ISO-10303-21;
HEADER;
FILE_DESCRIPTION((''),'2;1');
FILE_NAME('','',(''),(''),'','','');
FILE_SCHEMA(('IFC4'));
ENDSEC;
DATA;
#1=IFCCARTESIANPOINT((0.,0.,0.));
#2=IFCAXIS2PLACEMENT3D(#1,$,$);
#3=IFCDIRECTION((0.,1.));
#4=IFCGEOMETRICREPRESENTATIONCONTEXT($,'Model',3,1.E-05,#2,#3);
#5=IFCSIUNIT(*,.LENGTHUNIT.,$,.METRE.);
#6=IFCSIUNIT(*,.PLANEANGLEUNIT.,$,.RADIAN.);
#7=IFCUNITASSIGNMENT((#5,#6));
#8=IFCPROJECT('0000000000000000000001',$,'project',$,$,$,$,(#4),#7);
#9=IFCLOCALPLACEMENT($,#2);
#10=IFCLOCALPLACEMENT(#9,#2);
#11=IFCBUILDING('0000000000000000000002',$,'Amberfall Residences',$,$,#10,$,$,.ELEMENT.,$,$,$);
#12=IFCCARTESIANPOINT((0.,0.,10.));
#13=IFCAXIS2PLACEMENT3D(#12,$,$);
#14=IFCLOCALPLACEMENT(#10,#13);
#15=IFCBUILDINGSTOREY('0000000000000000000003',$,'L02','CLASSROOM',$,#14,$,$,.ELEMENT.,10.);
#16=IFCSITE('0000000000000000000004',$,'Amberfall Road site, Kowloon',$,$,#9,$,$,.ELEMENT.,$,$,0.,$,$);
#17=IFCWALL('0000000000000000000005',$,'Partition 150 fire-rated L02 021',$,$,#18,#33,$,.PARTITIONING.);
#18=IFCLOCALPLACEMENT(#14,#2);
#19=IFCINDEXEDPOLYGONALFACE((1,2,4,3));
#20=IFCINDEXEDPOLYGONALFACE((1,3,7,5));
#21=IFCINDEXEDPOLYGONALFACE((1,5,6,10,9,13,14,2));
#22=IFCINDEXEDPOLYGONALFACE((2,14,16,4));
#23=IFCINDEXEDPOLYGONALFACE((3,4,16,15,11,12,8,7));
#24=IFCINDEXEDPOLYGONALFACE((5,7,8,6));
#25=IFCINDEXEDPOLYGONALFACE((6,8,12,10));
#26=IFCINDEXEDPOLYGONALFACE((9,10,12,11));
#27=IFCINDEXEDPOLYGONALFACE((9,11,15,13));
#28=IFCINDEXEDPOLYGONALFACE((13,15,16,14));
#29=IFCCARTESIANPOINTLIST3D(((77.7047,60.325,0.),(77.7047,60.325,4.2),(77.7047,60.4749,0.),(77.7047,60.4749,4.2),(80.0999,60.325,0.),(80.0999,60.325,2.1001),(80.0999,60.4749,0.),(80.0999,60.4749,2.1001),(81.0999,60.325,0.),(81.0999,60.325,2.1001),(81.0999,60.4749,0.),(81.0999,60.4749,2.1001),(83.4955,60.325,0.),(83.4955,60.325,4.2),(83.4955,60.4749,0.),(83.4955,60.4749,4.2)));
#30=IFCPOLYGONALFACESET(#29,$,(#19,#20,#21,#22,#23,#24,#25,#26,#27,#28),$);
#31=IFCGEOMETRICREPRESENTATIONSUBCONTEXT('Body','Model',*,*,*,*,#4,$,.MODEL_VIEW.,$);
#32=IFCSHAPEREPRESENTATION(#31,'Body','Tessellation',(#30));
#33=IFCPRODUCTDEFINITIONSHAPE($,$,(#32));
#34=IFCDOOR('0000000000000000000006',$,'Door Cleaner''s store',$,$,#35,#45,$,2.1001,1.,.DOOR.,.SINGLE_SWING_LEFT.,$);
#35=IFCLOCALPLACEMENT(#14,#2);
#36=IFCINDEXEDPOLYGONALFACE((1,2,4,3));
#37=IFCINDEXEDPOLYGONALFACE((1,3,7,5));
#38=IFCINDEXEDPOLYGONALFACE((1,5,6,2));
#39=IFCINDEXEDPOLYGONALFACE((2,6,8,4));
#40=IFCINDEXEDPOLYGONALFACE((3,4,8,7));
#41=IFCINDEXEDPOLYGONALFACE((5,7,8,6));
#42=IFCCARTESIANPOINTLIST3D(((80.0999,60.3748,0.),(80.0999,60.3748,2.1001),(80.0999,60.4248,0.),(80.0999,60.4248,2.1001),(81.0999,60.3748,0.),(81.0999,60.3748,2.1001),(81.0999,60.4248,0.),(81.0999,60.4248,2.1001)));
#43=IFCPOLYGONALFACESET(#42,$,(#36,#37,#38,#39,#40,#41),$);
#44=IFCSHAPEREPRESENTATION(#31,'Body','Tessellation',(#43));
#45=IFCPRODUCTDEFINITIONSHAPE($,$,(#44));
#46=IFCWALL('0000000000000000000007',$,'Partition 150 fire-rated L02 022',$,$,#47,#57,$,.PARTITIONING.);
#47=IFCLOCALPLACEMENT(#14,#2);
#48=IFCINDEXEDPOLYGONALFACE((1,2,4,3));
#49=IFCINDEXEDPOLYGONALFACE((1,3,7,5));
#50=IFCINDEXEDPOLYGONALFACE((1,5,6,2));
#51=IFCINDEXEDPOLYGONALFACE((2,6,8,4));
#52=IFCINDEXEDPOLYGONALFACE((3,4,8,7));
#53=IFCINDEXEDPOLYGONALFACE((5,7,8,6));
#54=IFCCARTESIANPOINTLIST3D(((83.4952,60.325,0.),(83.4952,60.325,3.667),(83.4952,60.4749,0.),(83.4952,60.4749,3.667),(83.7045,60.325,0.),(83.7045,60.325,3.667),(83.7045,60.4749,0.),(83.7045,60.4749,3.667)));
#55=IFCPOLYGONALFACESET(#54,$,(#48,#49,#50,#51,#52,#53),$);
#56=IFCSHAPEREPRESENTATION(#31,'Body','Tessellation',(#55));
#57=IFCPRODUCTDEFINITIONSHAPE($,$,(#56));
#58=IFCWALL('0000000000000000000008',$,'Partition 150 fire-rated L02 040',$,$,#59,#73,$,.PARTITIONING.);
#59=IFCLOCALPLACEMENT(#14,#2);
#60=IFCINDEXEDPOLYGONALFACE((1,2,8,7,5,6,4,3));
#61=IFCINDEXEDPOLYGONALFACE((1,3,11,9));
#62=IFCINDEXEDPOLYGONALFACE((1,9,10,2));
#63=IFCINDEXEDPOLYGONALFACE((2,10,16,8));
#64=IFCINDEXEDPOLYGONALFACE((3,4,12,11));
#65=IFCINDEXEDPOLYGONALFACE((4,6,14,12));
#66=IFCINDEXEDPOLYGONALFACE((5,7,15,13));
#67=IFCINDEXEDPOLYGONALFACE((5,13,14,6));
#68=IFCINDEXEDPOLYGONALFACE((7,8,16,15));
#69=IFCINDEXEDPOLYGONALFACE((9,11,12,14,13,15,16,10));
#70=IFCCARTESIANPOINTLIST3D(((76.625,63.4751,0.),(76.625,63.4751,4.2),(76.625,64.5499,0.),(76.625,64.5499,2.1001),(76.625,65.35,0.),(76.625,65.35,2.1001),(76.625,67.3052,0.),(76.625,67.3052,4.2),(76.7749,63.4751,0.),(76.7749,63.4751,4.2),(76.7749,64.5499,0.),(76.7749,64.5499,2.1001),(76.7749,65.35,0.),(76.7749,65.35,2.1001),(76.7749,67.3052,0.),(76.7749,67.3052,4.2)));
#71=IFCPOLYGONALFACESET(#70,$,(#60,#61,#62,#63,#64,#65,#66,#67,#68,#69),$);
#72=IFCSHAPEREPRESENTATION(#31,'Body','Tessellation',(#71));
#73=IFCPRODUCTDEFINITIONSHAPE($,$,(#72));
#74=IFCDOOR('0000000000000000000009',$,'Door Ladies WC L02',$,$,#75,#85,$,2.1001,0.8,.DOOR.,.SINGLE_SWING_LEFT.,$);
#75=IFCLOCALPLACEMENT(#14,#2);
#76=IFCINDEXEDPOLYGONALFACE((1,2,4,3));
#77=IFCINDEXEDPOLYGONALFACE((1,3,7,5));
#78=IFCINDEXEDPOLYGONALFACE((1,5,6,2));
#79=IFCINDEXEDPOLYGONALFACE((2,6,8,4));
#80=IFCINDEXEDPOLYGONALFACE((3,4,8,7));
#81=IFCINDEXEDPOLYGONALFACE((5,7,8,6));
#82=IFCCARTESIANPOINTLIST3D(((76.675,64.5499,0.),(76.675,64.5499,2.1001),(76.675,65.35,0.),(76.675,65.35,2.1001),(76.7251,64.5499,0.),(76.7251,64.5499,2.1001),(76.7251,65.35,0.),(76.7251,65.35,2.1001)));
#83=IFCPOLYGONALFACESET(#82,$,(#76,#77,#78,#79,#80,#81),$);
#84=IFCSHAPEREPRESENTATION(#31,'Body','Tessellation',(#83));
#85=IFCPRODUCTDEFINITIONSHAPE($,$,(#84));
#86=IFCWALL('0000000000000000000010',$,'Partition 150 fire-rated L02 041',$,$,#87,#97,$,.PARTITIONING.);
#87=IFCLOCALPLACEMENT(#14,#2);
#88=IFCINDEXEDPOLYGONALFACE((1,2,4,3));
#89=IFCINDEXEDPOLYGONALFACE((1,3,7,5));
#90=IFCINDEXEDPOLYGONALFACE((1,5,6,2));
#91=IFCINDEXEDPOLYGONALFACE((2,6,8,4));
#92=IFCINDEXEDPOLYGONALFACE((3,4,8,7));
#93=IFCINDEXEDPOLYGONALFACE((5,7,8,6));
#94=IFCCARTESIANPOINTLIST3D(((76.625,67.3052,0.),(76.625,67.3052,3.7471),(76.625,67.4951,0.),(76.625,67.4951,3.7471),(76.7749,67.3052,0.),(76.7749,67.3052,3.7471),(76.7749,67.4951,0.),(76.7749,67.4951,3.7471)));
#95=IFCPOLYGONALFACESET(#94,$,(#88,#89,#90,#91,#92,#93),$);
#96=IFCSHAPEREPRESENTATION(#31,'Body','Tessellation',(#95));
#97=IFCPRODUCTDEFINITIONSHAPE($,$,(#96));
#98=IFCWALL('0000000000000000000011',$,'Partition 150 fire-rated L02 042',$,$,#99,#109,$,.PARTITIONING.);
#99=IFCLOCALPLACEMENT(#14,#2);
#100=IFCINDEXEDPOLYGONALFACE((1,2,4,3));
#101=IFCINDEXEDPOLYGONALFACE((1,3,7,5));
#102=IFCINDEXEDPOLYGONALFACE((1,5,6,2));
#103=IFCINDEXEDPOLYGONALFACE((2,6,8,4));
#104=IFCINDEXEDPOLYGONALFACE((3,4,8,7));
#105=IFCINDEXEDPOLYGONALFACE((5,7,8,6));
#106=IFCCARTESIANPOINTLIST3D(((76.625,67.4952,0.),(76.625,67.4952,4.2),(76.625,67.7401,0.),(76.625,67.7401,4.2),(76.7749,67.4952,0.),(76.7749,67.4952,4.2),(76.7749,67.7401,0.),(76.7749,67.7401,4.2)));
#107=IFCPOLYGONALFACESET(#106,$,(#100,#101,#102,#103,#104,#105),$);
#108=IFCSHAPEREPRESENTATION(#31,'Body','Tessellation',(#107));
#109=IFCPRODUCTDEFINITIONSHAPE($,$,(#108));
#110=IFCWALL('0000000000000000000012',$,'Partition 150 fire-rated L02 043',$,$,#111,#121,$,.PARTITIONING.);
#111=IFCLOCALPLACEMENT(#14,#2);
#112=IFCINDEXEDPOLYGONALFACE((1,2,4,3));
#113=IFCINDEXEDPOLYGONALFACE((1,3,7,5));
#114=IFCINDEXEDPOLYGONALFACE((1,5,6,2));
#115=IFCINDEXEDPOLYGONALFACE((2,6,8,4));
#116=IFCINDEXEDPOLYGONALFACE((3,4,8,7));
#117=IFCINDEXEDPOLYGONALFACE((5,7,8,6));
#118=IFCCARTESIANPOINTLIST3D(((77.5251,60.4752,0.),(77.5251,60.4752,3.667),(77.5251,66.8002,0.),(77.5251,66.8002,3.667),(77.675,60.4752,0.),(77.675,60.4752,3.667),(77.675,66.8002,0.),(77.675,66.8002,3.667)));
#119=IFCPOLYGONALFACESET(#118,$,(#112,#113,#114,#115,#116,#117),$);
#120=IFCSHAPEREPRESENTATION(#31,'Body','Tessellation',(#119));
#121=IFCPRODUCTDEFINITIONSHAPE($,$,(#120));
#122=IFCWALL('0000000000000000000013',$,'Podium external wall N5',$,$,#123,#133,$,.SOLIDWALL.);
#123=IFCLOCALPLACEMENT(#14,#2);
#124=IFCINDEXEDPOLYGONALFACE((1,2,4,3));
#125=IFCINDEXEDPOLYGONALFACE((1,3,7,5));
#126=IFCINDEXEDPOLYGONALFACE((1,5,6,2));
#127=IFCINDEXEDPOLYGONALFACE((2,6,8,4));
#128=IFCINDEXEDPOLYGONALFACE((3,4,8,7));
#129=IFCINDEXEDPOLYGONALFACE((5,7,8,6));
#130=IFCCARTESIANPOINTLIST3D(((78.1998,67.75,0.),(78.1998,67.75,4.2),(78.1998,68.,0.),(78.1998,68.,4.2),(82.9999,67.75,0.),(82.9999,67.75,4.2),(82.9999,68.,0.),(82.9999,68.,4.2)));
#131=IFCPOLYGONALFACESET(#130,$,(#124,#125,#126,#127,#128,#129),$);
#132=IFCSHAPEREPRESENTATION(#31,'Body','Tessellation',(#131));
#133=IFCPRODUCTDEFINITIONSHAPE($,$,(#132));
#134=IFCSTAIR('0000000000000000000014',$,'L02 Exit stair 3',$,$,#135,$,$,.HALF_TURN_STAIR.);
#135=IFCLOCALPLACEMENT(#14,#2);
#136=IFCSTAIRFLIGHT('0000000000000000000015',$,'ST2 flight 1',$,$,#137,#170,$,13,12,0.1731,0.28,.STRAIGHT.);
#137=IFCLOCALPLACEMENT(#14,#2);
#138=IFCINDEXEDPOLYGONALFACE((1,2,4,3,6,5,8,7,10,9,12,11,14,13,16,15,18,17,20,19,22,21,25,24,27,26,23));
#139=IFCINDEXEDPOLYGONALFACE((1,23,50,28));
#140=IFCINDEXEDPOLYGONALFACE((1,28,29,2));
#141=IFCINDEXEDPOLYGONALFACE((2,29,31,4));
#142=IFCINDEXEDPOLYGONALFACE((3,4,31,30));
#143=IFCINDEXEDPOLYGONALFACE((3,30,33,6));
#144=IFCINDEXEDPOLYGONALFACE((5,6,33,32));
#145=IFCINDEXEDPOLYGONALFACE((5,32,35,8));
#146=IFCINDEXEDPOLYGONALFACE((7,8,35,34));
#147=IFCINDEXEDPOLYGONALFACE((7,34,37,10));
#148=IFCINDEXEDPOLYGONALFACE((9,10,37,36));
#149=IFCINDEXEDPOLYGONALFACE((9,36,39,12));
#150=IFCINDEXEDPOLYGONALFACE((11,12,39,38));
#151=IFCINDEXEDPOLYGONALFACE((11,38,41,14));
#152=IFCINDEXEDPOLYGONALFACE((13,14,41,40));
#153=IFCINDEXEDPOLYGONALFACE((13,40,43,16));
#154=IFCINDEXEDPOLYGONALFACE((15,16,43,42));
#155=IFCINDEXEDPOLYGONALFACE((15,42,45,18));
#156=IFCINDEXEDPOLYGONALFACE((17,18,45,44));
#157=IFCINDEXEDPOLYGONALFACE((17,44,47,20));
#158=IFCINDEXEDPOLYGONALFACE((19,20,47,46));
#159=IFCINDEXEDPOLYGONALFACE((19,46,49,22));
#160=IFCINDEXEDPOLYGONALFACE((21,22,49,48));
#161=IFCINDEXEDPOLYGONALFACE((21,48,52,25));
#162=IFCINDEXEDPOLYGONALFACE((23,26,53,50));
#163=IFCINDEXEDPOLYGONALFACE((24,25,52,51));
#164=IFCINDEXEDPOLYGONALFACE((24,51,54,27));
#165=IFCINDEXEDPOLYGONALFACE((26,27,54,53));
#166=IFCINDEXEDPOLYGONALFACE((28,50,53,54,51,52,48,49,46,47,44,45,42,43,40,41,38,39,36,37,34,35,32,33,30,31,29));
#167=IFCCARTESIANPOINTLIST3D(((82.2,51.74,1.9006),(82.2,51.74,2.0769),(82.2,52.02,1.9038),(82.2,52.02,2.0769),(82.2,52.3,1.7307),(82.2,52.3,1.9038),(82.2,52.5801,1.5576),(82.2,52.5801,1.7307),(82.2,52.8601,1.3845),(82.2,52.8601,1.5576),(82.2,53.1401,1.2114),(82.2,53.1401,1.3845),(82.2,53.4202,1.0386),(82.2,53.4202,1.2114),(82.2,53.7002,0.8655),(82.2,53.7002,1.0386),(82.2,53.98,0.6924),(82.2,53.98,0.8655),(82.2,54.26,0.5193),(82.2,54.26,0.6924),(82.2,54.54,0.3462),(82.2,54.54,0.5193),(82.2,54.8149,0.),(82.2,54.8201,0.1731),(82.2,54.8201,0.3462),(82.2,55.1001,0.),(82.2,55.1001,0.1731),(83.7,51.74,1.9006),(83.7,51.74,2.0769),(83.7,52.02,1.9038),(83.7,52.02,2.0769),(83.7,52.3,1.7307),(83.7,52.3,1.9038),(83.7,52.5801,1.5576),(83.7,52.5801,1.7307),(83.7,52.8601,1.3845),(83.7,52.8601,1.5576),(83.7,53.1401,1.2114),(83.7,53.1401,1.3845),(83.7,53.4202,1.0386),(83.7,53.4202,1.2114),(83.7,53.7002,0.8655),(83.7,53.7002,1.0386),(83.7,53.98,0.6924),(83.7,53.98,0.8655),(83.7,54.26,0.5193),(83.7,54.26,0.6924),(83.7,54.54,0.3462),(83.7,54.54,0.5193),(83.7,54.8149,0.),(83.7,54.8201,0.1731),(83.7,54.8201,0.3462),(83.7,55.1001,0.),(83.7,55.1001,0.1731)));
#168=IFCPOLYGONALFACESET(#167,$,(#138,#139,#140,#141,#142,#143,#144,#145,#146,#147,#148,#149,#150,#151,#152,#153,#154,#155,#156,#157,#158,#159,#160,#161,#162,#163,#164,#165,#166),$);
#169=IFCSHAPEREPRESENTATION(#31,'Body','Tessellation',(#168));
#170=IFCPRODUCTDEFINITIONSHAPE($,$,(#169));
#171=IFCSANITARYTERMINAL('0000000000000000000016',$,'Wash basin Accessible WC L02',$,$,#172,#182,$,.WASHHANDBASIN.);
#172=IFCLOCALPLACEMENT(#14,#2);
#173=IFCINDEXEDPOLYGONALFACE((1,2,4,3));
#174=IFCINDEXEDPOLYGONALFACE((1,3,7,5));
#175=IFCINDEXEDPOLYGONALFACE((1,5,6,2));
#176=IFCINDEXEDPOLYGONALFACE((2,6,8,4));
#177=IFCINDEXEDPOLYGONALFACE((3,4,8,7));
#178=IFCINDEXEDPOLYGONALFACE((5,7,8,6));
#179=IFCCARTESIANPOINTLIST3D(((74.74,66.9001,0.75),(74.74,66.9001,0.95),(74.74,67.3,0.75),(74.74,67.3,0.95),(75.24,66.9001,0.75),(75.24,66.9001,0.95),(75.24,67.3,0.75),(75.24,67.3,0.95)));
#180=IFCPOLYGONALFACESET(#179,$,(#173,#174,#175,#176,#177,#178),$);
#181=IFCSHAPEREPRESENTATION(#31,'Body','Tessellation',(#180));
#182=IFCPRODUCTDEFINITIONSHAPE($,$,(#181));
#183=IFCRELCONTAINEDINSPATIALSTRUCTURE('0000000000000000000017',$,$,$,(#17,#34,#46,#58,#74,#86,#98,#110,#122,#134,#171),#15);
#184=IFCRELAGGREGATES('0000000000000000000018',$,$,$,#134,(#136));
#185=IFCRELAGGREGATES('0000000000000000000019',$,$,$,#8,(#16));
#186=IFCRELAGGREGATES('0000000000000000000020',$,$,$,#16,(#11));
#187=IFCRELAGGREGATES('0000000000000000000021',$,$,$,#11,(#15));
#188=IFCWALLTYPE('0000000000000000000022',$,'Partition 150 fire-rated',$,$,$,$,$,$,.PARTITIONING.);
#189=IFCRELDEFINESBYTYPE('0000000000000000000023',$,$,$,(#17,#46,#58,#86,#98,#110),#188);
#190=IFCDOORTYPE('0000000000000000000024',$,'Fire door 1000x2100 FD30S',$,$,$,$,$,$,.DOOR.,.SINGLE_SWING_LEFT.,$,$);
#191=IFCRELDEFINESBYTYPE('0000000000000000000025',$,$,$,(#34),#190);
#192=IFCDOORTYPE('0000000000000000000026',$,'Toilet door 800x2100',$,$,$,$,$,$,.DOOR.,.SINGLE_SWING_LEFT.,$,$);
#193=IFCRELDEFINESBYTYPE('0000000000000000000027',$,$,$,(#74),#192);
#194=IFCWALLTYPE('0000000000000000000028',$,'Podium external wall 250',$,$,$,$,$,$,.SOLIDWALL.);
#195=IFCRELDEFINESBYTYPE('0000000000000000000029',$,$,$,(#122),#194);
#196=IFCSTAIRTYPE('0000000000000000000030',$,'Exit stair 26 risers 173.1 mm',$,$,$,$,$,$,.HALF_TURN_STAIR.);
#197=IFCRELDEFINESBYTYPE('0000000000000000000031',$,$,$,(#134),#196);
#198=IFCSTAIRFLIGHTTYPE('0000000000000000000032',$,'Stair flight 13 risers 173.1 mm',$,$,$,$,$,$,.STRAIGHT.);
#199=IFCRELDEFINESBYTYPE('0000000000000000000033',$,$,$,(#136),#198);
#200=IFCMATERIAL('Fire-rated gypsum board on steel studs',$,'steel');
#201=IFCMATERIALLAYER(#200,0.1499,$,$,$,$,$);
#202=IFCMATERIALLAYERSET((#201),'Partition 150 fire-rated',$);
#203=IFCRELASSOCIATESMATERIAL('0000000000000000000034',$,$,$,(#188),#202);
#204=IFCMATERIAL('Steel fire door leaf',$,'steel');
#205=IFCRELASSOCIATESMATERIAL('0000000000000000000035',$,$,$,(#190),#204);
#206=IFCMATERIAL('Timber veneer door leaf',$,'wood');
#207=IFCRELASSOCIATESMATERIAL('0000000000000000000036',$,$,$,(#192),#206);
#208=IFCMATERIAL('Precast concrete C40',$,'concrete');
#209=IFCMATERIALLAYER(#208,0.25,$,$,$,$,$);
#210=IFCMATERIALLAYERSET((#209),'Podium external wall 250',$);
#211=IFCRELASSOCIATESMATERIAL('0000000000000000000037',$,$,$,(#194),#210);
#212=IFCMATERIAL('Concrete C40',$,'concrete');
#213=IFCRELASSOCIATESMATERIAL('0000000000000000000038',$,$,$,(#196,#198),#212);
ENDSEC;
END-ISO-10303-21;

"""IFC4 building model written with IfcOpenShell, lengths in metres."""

from ifc_helpers import new_model, si_unit, direction, frame, frame_2d, origin, origin_2d, place, context, subcontext, project, spatial, polyline, rectangle, outline, extrude, material, layer, layer_set, type_object, element, fill, aggregate, save


model = new_model("IFC4")

# Units and contexts
model_context = context("Model", 3, precision=1e-05, world=origin(), true_north=direction((0.0, 1.0)))
body_context = subcontext(model_context, "Body", "Model", "MODEL_VIEW")
ifc_project = project(units=[si_unit("LENGTHUNIT", "METRE"), si_unit("PLANEANGLEUNIT", "RADIAN")], contexts=[model_context])

# Site, building, storey
site_placement = place(None, origin())
site = spatial("IfcSite", under=ifc_project, at=site_placement, Name="Amberfall Road site, Kowloon", CompositionType="ELEMENT", RefElevation=0.0)
building_placement = place(site_placement, origin())
building = spatial("IfcBuilding", under=site, at=building_placement, Name="Amberfall Residences", CompositionType="ELEMENT")
storey_placement = place(building_placement, frame((0.0, 0.0, 10.0)))
storey = spatial("IfcBuildingStorey", under=building, at=storey_placement, Name="L02", Description="CLASSROOM", CompositionType="ELEMENT", Elevation=10.0)

# Shared definitions
ifc_material_1 = material(Name="Fire-rated gypsum board on steel studs", Category="steel")
ifc_layer_1 = layer(ifc_material_1, 0.1499)
ifc_layer_set_1 = layer_set([ifc_layer_1], Name="Partition 150 fire-rated")
wall_type_1 = type_object("IfcWallType", Name="Partition 150 fire-rated", PredefinedType="PARTITIONING", material=ifc_layer_set_1)

# Wall, opening, door
wall_1_placement = place(storey_placement, frame((77.7046, 60.3999, 0.0), z_axis=(0.0, 0.0, 1.0), x_axis=(1.0, 0.0, 0.0)))
wall_1 = element("IfcWall", 1, at=wall_1_placement, inside=storey, type_object=wall_type_1, Name="Partition 150 fire-rated L02 021", PredefinedType="PARTITIONING", context=body_context, shape_type="SweptSolid", body=[
    extrude(rectangle(XDim=5.7908, YDim=0.1499, at=frame_2d((2.8955, 0.0))), origin(), (0.0, 0.0, 1.0), 4.2),
])
opening_1_placement = place(wall_1_placement, frame((2.3953, 0.0, 0.0)))
opening_1 = element("IfcOpeningElement", 2, at=opening_1_placement, cuts=wall_1, PredefinedType="OPENING", context=body_context, shape_type="SweptSolid", body=[
    extrude(rectangle(XDim=1.0, YDim=2.1001, at=frame_2d((0.5, 1.05))), frame((0.0, 0.085, 0.0), z_axis=(0.0, -1.0, 0.0), x_axis=(1.0, 0.0, 0.0)), (0.0, 0.0, 1.0), 0.1699),
])
ifc_material_2 = material(Name="Steel fire door leaf", Category="steel")
door_type_1 = type_object("IfcDoorType", Name="Fire door 1000x2100 FD30S", OperationType="SINGLE_SWING_LEFT", PredefinedType="DOOR", material=ifc_material_2)
door_1_placement = place(opening_1_placement, origin())
door_1 = element("IfcDoor", 3, at=door_1_placement, inside=storey, type_object=door_type_1, Name="Door Cleaner's store", OperationType="SINGLE_SWING_LEFT", OverallHeight=2.1001, OverallWidth=1.0, PredefinedType="DOOR", context=body_context, shape_type="SweptSolid", body=[
    extrude(rectangle(XDim=1.0, YDim=2.1001, at=frame_2d((0.5, 1.05))), frame((0.0, 0.0249, 0.0), z_axis=(0.0, -1.0, 0.0), x_axis=(1.0, 0.0, 0.0)), (0.0, 0.0, 1.0), 0.05),
])
fill(opening_1, door_1)

# Wall
wall_2_placement = place(storey_placement, frame((83.4954, 60.3999, 0.0), z_axis=(0.0, 0.0, 1.0), x_axis=(1.0, 0.0, 0.0)))
element("IfcWall", 4, at=wall_2_placement, inside=storey, type_object=wall_type_1, Name="Partition 150 fire-rated L02 022", PredefinedType="PARTITIONING", context=body_context, shape_type="SweptSolid", body=[
    extrude(rectangle(XDim=0.2092, YDim=0.1499, at=frame_2d((0.1045, 0.0))), origin(), (0.0, 0.0, 1.0), 3.667),
])

# Wall, opening, door
wall_3_placement = place(storey_placement, frame((76.7, 63.4751, 0.0), z_axis=(0.0, 0.0, 1.0), x_axis=(0.0, 1.0, 0.0)))
wall_3 = element("IfcWall", 5, at=wall_3_placement, inside=storey, type_object=wall_type_1, Name="Partition 150 fire-rated L02 040", PredefinedType="PARTITIONING", context=body_context, shape_type="SweptSolid", body=[
    extrude(rectangle(XDim=3.8301, YDim=0.1499, at=frame_2d((1.915, 0.0))), origin(), (0.0, 0.0, 1.0), 4.2),
])
opening_2_placement = place(wall_3_placement, frame((1.075, 0.0, 0.0)))
opening_2 = element("IfcOpeningElement", 6, at=opening_2_placement, cuts=wall_3, PredefinedType="OPENING", context=body_context, shape_type="SweptSolid", body=[
    extrude(rectangle(XDim=0.8, YDim=2.1001, at=frame_2d((0.3999, 1.05))), frame((0.0, 0.085, 0.0), z_axis=(0.0, -1.0, 0.0), x_axis=(1.0, 0.0, 0.0)), (0.0, 0.0, 1.0), 0.1699),
])
ifc_material_3 = material(Name="Timber veneer door leaf", Category="wood")
door_type_2 = type_object("IfcDoorType", Name="Toilet door 800x2100", OperationType="SINGLE_SWING_LEFT", PredefinedType="DOOR", material=ifc_material_3)
door_2_placement = place(opening_2_placement, origin())
door_2 = element("IfcDoor", 7, at=door_2_placement, inside=storey, type_object=door_type_2, Name="Door Ladies WC L02", OperationType="SINGLE_SWING_LEFT", OverallHeight=2.1001, OverallWidth=0.8, PredefinedType="DOOR", context=body_context, shape_type="SweptSolid", body=[
    extrude(rectangle(XDim=0.8, YDim=2.1001, at=frame_2d((0.3999, 1.05))), frame((0.0, 0.0249, 0.0), z_axis=(0.0, -1.0, 0.0), x_axis=(1.0, 0.0, 0.0)), (0.0, 0.0, 1.0), 0.05),
])
fill(opening_2, door_2)

# Walls
wall_4_placement = place(storey_placement, frame((76.7, 67.3052, 0.0), z_axis=(0.0, 0.0, 1.0), x_axis=(0.0, 1.0, 0.0)))
element("IfcWall", 8, at=wall_4_placement, inside=storey, type_object=wall_type_1, Name="Partition 150 fire-rated L02 041", PredefinedType="PARTITIONING", context=body_context, shape_type="SweptSolid", body=[
    extrude(rectangle(XDim=0.1899, YDim=0.1499, at=frame_2d((0.095, 0.0))), origin(), (0.0, 0.0, 1.0), 3.7471),
])
wall_5_placement = place(storey_placement, frame((76.7, 67.4951, 0.0), z_axis=(0.0, 0.0, 1.0), x_axis=(0.0, 1.0, 0.0)))
element("IfcWall", 9, at=wall_5_placement, inside=storey, type_object=wall_type_1, Name="Partition 150 fire-rated L02 042", PredefinedType="PARTITIONING", context=body_context, shape_type="SweptSolid", body=[
    extrude(rectangle(XDim=0.2449, YDim=0.1499, at=frame_2d((0.1226, 0.0))), origin(), (0.0, 0.0, 1.0), 4.2),
])
wall_6_placement = place(storey_placement, frame((77.6001, 60.4751, 0.0), z_axis=(0.0, 0.0, 1.0), x_axis=(0.0, 1.0, 0.0)))
element("IfcWall", 10, at=wall_6_placement, inside=storey, type_object=wall_type_1, Name="Partition 150 fire-rated L02 043", PredefinedType="PARTITIONING", context=body_context, shape_type="SweptSolid", body=[
    extrude(rectangle(XDim=6.325, YDim=0.1499, at=frame_2d((3.1626, 0.0))), origin(), (0.0, 0.0, 1.0), 3.667),
])
ifc_material_4 = material(Name="Precast concrete C40", Category="concrete")
ifc_layer_2 = layer(ifc_material_4, 0.25)
ifc_layer_set_2 = layer_set([ifc_layer_2], Name="Podium external wall 250")
wall_type_2 = type_object("IfcWallType", Name="Podium external wall 250", PredefinedType="SOLIDWALL", material=ifc_layer_set_2)
wall_7_placement = place(storey_placement, frame((78.2, 67.875, 0.0), z_axis=(0.0, 0.0, 1.0), x_axis=(1.0, 0.0, 0.0)))
element("IfcWall", 11, at=wall_7_placement, inside=storey, type_object=wall_type_2, Name="Podium external wall N5", PredefinedType="SOLIDWALL", context=body_context, shape_type="SweptSolid", body=[
    extrude(rectangle(XDim=4.8, YDim=0.25, at=frame_2d((2.3999, 0.0))), origin(), (0.0, 0.0, 1.0), 4.2),
])

# Stair, stair flight
ifc_material_5 = material(Name="Concrete C40", Category="concrete")
stair_type = type_object("IfcStairType", Name="Exit stair 26 risers 173.1 mm", PredefinedType="HALF_TURN_STAIR", material=ifc_material_5)
stair_placement = place(storey_placement, origin())
stair = element("IfcStair", 12, at=stair_placement, inside=storey, type_object=stair_type, Name="L02 Exit stair 3", PredefinedType="HALF_TURN_STAIR")
stair_flight_type = type_object("IfcStairFlightType", Name="Stair flight 13 risers 173.1 mm", PredefinedType="STRAIGHT", material=ifc_material_5)
stair_flight_placement = place(storey_placement, frame((82.95, 55.1001, 0.0), z_axis=(0.0, 0.0, 1.0), x_axis=(0.0, -1.0, 0.0)))
stair_flight = element("IfcStairFlight", 13, at=stair_flight_placement, type_object=stair_flight_type, Name="ST2 flight 1", NumberOfRisers=13, NumberOfTreads=12, PredefinedType="STRAIGHT", RiserHeight=0.1731, TreadLength=0.28, context=body_context, shape_type="SweptSolid", body=[
    extrude(outline(polyline([(0.0, 0.0), (0.0, 0.1731), (0.28, 0.1731), (0.28, 0.3462), (0.5601, 0.3462), (0.5601, 0.5193), (0.8401, 0.5193), (0.8401, 0.6924), (1.1201, 0.6924), (1.1201, 0.8655), (1.3999, 0.8655), (1.3999, 1.0386), (1.6799, 1.0386), (1.6799, 1.2114), (1.96, 1.2114), (1.96, 1.3845), (2.24, 1.3845), (2.24, 1.5576), (2.52, 1.5576), (2.52, 1.7307), (2.8, 1.7307), (2.8, 1.9038), (3.0801, 1.9038), (3.0801, 2.0769), (3.3601, 2.0769), (3.3601, 2.25), (3.3601, 1.9006), (0.2852, 0.0), (0.0, 0.0)])), frame((0.0, 0.75, 0.0), z_axis=(0.0, -1.0, 0.0), x_axis=(1.0, 0.0, 0.0)), (0.0, 0.0, 1.0), 1.5),
])
aggregate(stair, [stair_flight])

# Sanitary terminal
sanitary_terminal_1_placement = place(storey_placement, frame((74.99, 67.1001, 0.75), z_axis=(0.0, 0.0, 1.0), x_axis=(1.0, 0.0, 0.0)))
element("IfcSanitaryTerminal", 14, at=sanitary_terminal_1_placement, inside=storey, Name="Wash basin Accessible WC L02", PredefinedType="WASHHANDBASIN", context=body_context, shape_type="SweptSolid", body=[
    extrude(rectangle(XDim=0.5, YDim=0.3999, at=origin_2d()), origin(), (0.0, 0.0, 1.0), 0.2),
])

save(model, "model.ifc")
